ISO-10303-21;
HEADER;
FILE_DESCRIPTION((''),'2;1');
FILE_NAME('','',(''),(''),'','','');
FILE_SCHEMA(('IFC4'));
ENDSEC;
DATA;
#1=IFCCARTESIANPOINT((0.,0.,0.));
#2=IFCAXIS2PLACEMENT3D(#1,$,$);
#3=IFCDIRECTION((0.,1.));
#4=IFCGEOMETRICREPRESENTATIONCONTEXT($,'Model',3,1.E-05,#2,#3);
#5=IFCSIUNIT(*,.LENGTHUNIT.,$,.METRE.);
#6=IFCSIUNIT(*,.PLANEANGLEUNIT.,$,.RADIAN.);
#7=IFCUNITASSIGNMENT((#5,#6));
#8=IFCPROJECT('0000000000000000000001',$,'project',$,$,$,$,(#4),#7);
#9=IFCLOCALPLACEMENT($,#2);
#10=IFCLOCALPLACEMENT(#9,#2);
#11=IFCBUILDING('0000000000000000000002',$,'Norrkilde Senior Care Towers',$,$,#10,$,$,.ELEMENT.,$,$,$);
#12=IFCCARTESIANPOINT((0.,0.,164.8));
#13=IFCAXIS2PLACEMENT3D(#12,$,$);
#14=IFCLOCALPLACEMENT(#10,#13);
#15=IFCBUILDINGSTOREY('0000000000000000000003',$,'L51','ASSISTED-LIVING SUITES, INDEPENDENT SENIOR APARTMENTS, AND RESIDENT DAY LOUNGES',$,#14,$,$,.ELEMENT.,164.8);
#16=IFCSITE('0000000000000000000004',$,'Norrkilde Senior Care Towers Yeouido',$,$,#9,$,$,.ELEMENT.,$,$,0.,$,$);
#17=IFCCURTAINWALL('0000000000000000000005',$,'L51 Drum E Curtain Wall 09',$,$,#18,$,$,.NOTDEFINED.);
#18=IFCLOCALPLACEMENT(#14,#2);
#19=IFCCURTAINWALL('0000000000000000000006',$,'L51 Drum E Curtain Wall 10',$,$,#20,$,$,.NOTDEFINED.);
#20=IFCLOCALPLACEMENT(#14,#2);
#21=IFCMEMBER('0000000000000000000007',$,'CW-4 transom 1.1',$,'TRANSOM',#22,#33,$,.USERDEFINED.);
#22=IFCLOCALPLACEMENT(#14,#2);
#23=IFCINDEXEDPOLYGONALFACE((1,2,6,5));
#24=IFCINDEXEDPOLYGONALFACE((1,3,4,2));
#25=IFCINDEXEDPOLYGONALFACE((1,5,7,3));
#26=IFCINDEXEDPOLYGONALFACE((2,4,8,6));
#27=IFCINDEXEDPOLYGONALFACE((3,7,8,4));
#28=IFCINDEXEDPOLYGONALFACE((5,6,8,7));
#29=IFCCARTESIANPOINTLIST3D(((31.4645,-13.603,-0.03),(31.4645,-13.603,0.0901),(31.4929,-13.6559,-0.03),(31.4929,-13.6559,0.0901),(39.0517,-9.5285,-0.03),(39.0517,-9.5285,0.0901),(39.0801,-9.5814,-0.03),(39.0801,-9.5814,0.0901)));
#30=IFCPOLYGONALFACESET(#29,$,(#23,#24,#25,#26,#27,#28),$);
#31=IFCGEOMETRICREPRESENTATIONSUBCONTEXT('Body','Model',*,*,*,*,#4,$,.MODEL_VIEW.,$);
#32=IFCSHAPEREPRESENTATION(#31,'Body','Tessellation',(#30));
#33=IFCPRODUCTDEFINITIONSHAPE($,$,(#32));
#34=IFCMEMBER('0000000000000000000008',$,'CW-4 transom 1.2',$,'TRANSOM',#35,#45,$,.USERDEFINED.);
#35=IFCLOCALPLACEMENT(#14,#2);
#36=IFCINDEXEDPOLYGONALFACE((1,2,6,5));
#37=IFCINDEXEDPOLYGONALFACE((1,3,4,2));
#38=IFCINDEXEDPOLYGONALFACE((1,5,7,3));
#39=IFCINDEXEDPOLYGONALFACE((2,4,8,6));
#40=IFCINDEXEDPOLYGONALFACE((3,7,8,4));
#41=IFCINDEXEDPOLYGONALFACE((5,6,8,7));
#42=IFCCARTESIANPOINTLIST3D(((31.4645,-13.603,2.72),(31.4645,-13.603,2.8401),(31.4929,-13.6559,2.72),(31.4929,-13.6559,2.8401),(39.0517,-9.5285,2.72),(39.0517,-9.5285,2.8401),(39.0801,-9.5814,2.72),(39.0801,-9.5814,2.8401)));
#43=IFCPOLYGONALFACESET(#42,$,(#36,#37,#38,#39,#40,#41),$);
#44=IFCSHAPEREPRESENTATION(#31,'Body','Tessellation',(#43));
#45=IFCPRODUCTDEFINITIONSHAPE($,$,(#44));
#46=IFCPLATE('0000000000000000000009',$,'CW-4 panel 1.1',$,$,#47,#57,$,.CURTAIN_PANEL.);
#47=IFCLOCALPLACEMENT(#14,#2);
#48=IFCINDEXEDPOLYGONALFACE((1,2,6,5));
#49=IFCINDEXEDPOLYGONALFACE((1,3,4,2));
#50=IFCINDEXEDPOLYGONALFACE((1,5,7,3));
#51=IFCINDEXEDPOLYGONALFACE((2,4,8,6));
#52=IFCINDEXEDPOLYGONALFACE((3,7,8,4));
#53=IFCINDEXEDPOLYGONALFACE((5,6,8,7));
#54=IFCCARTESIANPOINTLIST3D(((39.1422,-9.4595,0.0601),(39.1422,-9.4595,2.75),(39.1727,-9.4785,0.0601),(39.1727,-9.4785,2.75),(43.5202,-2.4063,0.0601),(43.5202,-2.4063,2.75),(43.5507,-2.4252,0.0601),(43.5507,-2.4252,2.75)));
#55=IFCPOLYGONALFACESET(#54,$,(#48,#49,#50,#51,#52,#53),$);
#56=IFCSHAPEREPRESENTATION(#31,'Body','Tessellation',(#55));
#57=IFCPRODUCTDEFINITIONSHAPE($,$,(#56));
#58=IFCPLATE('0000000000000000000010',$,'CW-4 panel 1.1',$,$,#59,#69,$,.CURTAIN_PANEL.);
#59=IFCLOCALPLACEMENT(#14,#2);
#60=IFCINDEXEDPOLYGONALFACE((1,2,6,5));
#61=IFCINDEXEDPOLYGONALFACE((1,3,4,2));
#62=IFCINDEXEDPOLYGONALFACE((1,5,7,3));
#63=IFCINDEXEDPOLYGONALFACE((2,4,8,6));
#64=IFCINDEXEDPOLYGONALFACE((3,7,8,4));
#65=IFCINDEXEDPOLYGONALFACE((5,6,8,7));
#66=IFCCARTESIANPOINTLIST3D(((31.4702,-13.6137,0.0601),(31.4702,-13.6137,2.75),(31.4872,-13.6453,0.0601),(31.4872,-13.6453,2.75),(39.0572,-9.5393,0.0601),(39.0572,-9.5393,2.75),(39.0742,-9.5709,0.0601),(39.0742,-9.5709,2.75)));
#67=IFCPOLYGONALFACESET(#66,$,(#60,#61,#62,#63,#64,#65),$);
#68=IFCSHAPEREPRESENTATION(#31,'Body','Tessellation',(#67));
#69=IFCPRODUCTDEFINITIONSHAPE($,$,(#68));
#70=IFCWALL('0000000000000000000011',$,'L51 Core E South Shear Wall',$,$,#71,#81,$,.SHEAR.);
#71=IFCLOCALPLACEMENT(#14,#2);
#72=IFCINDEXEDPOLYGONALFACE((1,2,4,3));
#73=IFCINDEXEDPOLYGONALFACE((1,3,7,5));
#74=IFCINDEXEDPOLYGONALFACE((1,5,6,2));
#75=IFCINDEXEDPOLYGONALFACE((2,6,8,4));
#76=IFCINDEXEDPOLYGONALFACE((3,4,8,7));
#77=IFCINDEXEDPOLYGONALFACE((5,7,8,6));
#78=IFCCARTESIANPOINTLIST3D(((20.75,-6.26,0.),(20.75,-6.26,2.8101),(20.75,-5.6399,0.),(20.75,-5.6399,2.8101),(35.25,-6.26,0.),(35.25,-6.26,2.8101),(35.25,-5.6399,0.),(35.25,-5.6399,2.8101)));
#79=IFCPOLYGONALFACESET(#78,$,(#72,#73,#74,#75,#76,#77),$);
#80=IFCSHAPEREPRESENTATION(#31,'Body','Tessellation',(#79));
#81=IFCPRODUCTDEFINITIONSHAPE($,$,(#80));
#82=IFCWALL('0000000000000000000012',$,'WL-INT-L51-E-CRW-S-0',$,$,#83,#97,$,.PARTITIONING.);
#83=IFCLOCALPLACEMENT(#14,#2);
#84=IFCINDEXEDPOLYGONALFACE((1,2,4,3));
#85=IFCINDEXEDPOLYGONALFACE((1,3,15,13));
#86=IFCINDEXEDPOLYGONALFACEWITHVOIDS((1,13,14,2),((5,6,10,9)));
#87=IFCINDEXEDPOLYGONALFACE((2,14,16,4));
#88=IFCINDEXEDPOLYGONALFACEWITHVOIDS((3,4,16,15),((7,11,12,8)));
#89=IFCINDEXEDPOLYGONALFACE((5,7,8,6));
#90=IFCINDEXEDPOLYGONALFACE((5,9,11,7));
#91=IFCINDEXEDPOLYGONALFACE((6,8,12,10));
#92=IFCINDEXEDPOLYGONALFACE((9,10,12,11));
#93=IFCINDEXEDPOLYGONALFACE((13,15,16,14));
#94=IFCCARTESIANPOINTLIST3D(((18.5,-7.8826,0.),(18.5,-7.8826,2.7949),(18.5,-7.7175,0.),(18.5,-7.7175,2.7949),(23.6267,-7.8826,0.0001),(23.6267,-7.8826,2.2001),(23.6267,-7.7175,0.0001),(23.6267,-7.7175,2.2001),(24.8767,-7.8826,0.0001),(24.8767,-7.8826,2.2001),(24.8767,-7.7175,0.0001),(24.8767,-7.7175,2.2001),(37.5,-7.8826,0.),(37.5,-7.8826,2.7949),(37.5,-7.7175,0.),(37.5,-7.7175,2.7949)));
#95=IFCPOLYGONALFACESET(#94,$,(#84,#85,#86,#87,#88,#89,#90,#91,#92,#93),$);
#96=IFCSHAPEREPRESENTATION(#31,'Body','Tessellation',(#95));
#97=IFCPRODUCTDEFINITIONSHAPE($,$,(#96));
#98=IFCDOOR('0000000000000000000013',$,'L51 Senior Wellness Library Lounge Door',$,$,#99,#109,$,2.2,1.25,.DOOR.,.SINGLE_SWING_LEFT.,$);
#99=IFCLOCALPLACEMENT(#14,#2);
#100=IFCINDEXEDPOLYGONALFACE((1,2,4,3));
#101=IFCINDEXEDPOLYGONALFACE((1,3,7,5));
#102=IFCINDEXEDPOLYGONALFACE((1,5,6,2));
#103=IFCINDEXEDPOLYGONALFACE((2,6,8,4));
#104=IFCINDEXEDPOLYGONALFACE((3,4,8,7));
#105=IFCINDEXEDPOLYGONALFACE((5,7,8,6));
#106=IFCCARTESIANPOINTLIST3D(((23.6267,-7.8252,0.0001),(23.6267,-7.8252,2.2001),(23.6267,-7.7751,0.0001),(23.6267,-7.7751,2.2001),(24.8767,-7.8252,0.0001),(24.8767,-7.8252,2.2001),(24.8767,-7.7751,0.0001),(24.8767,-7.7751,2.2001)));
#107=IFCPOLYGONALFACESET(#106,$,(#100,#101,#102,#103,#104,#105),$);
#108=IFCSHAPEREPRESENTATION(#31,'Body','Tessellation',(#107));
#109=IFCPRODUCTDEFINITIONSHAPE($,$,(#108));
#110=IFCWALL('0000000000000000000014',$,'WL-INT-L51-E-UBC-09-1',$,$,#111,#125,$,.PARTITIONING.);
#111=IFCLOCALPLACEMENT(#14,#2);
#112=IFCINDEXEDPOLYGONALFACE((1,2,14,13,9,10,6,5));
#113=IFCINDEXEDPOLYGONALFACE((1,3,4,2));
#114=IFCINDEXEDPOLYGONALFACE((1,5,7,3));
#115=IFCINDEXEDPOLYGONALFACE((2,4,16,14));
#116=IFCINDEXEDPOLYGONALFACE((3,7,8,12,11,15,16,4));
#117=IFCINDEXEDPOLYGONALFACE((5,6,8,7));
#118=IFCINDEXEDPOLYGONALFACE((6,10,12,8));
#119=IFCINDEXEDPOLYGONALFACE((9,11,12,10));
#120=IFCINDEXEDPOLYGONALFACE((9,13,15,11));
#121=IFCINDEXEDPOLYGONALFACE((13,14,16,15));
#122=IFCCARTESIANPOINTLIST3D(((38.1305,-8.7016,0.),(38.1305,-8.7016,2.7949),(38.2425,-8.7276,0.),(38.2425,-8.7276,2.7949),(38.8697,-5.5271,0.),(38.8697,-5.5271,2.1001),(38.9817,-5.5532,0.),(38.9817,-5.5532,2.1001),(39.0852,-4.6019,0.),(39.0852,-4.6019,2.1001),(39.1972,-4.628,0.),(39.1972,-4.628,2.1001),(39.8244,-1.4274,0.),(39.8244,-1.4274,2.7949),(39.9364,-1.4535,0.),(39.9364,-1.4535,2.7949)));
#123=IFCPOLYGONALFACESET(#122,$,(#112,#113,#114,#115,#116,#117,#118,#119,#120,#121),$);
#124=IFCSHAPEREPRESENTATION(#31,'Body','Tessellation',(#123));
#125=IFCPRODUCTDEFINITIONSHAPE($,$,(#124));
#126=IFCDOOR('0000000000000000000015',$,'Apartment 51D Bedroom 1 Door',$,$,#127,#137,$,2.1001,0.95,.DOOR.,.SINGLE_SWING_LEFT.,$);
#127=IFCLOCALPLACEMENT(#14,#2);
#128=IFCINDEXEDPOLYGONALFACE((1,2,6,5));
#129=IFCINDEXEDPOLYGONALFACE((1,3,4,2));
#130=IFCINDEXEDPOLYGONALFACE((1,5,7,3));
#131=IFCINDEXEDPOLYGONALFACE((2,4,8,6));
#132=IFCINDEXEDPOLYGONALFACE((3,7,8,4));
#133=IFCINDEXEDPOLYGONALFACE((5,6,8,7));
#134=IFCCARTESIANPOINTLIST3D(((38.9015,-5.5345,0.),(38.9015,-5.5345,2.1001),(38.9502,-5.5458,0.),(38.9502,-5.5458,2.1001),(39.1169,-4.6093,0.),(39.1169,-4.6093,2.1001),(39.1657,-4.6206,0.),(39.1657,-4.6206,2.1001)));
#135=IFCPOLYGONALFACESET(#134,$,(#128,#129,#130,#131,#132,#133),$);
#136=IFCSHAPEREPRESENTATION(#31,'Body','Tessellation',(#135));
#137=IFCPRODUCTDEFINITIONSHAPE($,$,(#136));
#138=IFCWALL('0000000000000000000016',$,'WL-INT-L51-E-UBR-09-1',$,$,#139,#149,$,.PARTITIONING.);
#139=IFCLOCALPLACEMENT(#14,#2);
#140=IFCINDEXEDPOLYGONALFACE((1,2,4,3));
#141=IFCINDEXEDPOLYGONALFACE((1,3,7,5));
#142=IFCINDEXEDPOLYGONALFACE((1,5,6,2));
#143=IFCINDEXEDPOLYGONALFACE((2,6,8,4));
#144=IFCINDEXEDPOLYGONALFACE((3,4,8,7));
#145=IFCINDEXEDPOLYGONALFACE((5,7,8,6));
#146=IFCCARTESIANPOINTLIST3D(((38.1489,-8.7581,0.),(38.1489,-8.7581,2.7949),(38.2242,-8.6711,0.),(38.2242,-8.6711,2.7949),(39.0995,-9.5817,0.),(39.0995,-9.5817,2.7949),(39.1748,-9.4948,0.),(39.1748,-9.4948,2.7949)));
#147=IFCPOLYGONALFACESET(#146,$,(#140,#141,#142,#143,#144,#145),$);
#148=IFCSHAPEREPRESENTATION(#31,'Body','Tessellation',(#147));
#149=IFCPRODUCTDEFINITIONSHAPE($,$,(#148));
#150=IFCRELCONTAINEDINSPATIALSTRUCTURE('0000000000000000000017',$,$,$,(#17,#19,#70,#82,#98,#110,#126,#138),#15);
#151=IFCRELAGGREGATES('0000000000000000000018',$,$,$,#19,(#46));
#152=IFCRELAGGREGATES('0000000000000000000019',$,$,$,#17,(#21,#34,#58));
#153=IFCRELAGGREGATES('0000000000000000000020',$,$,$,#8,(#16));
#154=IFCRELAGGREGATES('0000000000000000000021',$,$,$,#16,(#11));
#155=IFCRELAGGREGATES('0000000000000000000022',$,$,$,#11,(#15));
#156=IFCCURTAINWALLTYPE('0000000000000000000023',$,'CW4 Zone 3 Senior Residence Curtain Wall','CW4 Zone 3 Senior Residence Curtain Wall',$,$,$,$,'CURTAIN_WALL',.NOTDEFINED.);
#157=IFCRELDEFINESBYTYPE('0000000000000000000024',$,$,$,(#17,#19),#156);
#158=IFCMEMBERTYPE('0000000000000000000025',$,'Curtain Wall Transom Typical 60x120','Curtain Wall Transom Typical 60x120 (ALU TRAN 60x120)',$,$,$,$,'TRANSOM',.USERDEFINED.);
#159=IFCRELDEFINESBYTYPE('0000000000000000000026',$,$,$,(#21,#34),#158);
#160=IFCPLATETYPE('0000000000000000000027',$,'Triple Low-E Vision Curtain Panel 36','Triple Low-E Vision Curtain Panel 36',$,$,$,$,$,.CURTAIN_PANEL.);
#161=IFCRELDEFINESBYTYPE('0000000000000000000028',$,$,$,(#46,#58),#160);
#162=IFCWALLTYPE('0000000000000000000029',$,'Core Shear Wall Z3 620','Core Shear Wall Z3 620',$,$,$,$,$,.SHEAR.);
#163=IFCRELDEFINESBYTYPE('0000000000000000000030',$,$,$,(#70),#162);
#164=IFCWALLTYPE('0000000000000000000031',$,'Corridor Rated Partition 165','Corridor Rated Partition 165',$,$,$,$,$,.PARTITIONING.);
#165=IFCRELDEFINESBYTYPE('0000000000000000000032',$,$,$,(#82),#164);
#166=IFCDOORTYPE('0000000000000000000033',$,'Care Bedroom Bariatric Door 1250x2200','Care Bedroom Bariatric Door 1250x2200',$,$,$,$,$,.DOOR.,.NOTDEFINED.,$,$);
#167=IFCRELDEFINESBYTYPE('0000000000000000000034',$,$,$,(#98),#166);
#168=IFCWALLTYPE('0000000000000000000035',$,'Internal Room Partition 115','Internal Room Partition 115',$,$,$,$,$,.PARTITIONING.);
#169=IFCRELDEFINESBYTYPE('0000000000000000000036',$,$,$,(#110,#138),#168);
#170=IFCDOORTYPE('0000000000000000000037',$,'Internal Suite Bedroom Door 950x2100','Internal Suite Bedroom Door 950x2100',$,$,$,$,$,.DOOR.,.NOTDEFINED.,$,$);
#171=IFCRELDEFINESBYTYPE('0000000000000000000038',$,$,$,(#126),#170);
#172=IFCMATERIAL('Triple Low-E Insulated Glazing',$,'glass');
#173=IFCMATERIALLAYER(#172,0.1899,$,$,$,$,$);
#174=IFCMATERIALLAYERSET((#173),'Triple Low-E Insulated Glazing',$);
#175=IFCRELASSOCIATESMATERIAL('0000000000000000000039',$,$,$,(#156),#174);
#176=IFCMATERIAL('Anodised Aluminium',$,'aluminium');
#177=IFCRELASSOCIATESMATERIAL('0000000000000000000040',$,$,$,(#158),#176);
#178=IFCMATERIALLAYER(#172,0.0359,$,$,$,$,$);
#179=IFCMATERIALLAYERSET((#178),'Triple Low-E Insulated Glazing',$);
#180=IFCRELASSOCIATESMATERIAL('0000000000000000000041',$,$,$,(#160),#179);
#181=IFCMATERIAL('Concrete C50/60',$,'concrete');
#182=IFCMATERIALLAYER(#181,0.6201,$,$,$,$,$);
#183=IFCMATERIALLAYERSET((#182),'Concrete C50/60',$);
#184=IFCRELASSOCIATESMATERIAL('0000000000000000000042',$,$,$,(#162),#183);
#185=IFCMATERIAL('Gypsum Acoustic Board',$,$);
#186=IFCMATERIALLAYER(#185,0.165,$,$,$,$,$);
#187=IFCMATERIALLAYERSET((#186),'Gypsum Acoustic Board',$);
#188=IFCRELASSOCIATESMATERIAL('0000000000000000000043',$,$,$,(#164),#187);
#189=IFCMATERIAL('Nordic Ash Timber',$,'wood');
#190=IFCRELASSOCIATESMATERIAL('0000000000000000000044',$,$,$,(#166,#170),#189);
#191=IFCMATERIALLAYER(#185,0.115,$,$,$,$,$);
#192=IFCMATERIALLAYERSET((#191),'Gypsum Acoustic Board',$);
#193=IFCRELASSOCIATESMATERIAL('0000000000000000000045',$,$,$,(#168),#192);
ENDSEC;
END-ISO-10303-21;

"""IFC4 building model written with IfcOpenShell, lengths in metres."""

from ifc_helpers import new_model, si_unit, direction, frame, frame_2d, origin, origin_2d, place, context, subcontext, project, spatial, rectangle, extrude, source, transform, mapped, material, layer, layer_set, material_profile, profile_set, type_object, type_shapes, element, fill, aggregate, save


model = new_model("IFC4")

# Units and contexts
model_context = context("Model", 3, precision=1e-05, world=origin(), true_north=direction((0.0, 1.0)))
body_context = subcontext(model_context, "Body", "Model", "MODEL_VIEW")
ifc_project = project(units=[si_unit("LENGTHUNIT", "METRE"), si_unit("PLANEANGLEUNIT", "RADIAN")], contexts=[model_context])

# Site, building, storey
site_placement = place(None, origin())
site = spatial("IfcSite", under=ifc_project, at=site_placement, Name="Norrkilde Senior Care Towers Yeouido", CompositionType="ELEMENT", RefElevation=0.0)
building_placement = place(site_placement, origin())
building = spatial("IfcBuilding", under=site, at=building_placement, Name="Norrkilde Senior Care Towers", CompositionType="ELEMENT")
storey_placement = place(building_placement, frame((0.0, 0.0, 164.8)))
storey = spatial("IfcBuildingStorey", under=building, at=storey_placement, Name="L51", Description="ASSISTED-LIVING SUITES, INDEPENDENT SENIOR APARTMENTS, AND RESIDENT DAY LOUNGES", CompositionType="ELEMENT", Elevation=164.8)

# Shared definitions
ifc_material_1 = material(Name="Concrete C50/60", Category="concrete")

# Curtain wall
ifc_material_2 = material(Name="Triple Low-E Insulated Glazing", Category="glass")
ifc_layer_1 = layer(ifc_material_2, 0.1899)
ifc_layer_set_1 = layer_set([ifc_layer_1], Name="Triple Low-E Insulated Glazing")
curtain_wall_type = type_object("IfcCurtainWallType", Name="CW4 Zone 3 Senior Residence Curtain Wall", Description="CW4 Zone 3 Senior Residence Curtain Wall", ElementType="CURTAIN_WALL", PredefinedType="NOTDEFINED", material=ifc_layer_set_1)
curtain_wall_1_placement = place(storey_placement, origin())
curtain_wall_1 = element("IfcCurtainWall", 1, at=curtain_wall_1_placement, inside=storey, type_object=curtain_wall_type, Name="L51 Drum E Curtain Wall 09", PredefinedType="NOTDEFINED")
ifc_material_3 = material(Name="Anodised Aluminium", Category="aluminium")

# Curtain wall
curtain_wall_2_placement = place(storey_placement, origin())
curtain_wall_2 = element("IfcCurtainWall", 2, at=curtain_wall_2_placement, inside=storey, type_object=curtain_wall_type, Name="L51 Drum E Curtain Wall 10", PredefinedType="NOTDEFINED")

# Members
ifc_material_profile_1 = material_profile(ifc_material_3, rectangle(XDim=0.0601, YDim=0.1201, at=origin_2d()), Name="ALU TRAN 60x120")
ifc_profile_set_1 = profile_set([ifc_material_profile_1], Name="Anodised Aluminium")
member_type_1 = type_object("IfcMemberType", Name="Curtain Wall Transom Typical 60x120", Description="Curtain Wall Transom Typical 60x120 (ALU TRAN 60x120)", ElementType="TRANSOM", PredefinedType="USERDEFINED", material=ifc_profile_set_1)
shared_shape_1 = source(origin(), body_context, "Body", "SweptSolid", [
    extrude(rectangle(XDim=0.0601, YDim=0.1201, at=origin_2d()), origin(), (0.0, 0.0, 1.0), 8.6121),
])
member_1_placement = place(storey_placement, frame((39.0659, -9.5549, 0.03), z_axis=(-0.881, -0.473116, 0.0), x_axis=(0.473116, -0.881, 0.0)))
member_1 = element("IfcMember", 3, at=member_1_placement, type_object=member_type_1, Name="CW-4 transom 1.1", ObjectType="TRANSOM", PredefinedType="USERDEFINED", context=body_context, shape_type="MappedRepresentation", body=[
    mapped(shared_shape_1, transform((0.0, 0.0, 0.0), x_axis=(1.0, 0.0, 0.0), y_axis=(0.0, 1.0, 0.0), z_axis=(0.0, 0.0, 1.0), scale=1.0)),
])
member_2_placement = place(storey_placement, frame((39.0659, -9.5549, 2.78), z_axis=(-0.881, -0.473116, 0.0), x_axis=(0.473116, -0.881, 0.0)))
member_2 = element("IfcMember", 4, at=member_2_placement, type_object=member_type_1, Name="CW-4 transom 1.2", ObjectType="TRANSOM", PredefinedType="USERDEFINED", context=body_context, shape_type="MappedRepresentation", body=[
    mapped(shared_shape_1, transform((0.0, 0.0, 0.0), x_axis=(1.0, 0.0, 0.0), y_axis=(0.0, 1.0, 0.0), z_axis=(0.0, 0.0, 1.0), scale=1.0)),
])

# Plates
ifc_layer_2 = layer(ifc_material_2, 0.0359)
ifc_layer_set_2 = layer_set([ifc_layer_2], Name="Triple Low-E Insulated Glazing")
plate_type = type_object("IfcPlateType", Name="Triple Low-E Vision Curtain Panel 36", Description="Triple Low-E Vision Curtain Panel 36", PredefinedType="CURTAIN_PANEL", material=ifc_layer_set_2)
shared_shape_2 = source(origin(), body_context, "Body", "SweptSolid", [
    extrude(rectangle(XDim=8.3015, YDim=0.0359, at=origin_2d()), origin(), (0.0, 0.0, 1.0), 2.6899),
])
plate_1_placement = place(storey_placement, frame((41.3464, -5.9424, 0.0601), z_axis=(0.0, 0.0, 1.0), x_axis=(-0.527373, -0.849634, 0.0)))
plate_1 = element("IfcPlate", 5, at=plate_1_placement, type_object=plate_type, Name="CW-4 panel 1.1", PredefinedType="CURTAIN_PANEL", context=body_context, shape_type="MappedRepresentation", body=[
    mapped(shared_shape_2, transform((0.0, 0.0, 0.0), x_axis=(1.0, 0.0, 0.0), y_axis=(0.0, 1.0, 0.0), z_axis=(0.0, 0.0, 1.0), scale=1.0)),
])
aggregate(curtain_wall_2, [plate_1])
shared_shape_3 = source(origin(), body_context, "Body", "SweptSolid", [
    extrude(rectangle(XDim=8.6118, YDim=0.0359, at=origin_2d()), origin(), (0.0, 0.0, 1.0), 2.6899),
])
type_shapes(plate_type, [shared_shape_2, shared_shape_3])
plate_2_placement = place(storey_placement, frame((35.2722, -11.5923, 0.0601), z_axis=(0.0, 0.0, 1.0), x_axis=(-0.881, -0.473117, 0.0)))
plate_2 = element("IfcPlate", 6, at=plate_2_placement, type_object=plate_type, Name="CW-4 panel 1.1", PredefinedType="CURTAIN_PANEL", context=body_context, shape_type="MappedRepresentation", body=[
    mapped(shared_shape_3, transform((0.0, 0.0, 0.0), x_axis=(1.0, 0.0, 0.0), y_axis=(0.0, 1.0, 0.0), z_axis=(0.0, 0.0, 1.0), scale=1.0)),
])
aggregate(curtain_wall_1, [member_1, member_2, plate_2])

# Wall
ifc_layer_3 = layer(ifc_material_1, 0.6201)
ifc_layer_set_3 = layer_set([ifc_layer_3], Name="Concrete C50/60")
wall_type_1 = type_object("IfcWallType", Name="Core Shear Wall Z3 620", Description="Core Shear Wall Z3 620", PredefinedType="SHEAR", material=ifc_layer_set_3)
shared_shape_4 = source(origin(), body_context, "Body", "SweptSolid", [
    extrude(rectangle(XDim=14.5, YDim=0.6201, at=frame_2d((7.25, 0.0))), origin(), (0.0, 0.0, 1.0), 2.8101),
])
type_shapes(wall_type_1, [shared_shape_4])
wall_1_placement = place(storey_placement, frame((35.25, -5.95, 0.0), z_axis=(0.0, 0.0, 1.0), x_axis=(-1.0, 0.0, 0.0)))
element("IfcWall", 7, at=wall_1_placement, inside=storey, type_object=wall_type_1, Name="L51 Core E South Shear Wall", PredefinedType="SHEAR", context=body_context, shape_type="MappedRepresentation", body=[
    mapped(shared_shape_4, transform((0.0, 0.0, 0.0), x_axis=(1.0, 0.0, 0.0), y_axis=(0.0, 1.0, 0.0), z_axis=(0.0, 0.0, 1.0), scale=1.0)),
])

# Walls, openings, doors
ifc_material_4 = material(Name="Gypsum Acoustic Board")
ifc_layer_4 = layer(ifc_material_4, 0.165)
ifc_layer_set_4 = layer_set([ifc_layer_4], Name="Gypsum Acoustic Board")
wall_type_2 = type_object("IfcWallType", Name="Corridor Rated Partition 165", Description="Corridor Rated Partition 165", PredefinedType="PARTITIONING", material=ifc_layer_set_4)
shared_shape_5 = source(origin(), body_context, "Body", "SweptSolid", [
    extrude(rectangle(XDim=19.0, YDim=0.165, at=frame_2d((9.5, 0.0))), origin(), (0.0, 0.0, 1.0), 2.7949),
])
type_shapes(wall_type_2, [shared_shape_5])
wall_2_placement = place(storey_placement, frame((37.5, -7.8, 0.0), z_axis=(0.0, 0.0, 1.0), x_axis=(-1.0, 0.0, 0.0)))
wall_2 = element("IfcWall", 8, at=wall_2_placement, inside=storey, type_object=wall_type_2, Name="WL-INT-L51-E-CRW-S-0", PredefinedType="PARTITIONING", context=body_context, shape_type="MappedRepresentation", body=[
    mapped(shared_shape_5, transform((0.0, 0.0, 0.0), x_axis=(1.0, 0.0, 0.0), y_axis=(0.0, 1.0, 0.0), z_axis=(0.0, 0.0, 1.0), scale=1.0)),
])
opening_1_placement = place(wall_2_placement, frame((12.6233, 0.0, 0.0)))
opening_1 = element("IfcOpeningElement", 9, at=opening_1_placement, cuts=wall_2, PredefinedType="OPENING", context=body_context, shape_type="SweptSolid", body=[
    extrude(rectangle(XDim=1.25, YDim=2.2, at=frame_2d((0.625, 1.1001))), frame((0.0, 0.0925, 0.0), z_axis=(0.0, -1.0, 0.0), x_axis=(1.0, 0.0, 0.0)), (0.0, 0.0, 1.0), 0.1851),
])
ifc_material_5 = material(Name="Nordic Ash Timber", Category="wood")
door_type_1 = type_object("IfcDoorType", Name="Care Bedroom Bariatric Door 1250x2200", Description="Care Bedroom Bariatric Door 1250x2200", OperationType="NOTDEFINED", PredefinedType="DOOR", material=ifc_material_5)
shared_shape_6 = source(origin(), body_context, "Body", "SweptSolid", [
    extrude(rectangle(XDim=1.25, YDim=2.2, at=frame_2d((0.625, 1.1001))), frame((0.0, 0.0249, 0.0), z_axis=(0.0, -1.0, 0.0), x_axis=(1.0, 0.0, 0.0)), (0.0, 0.0, 1.0), 0.05),
])
type_shapes(door_type_1, [shared_shape_6])
door_1_placement = place(opening_1_placement, frame((1.25, 0.0, 0.0), z_axis=(0.0, 0.0, 1.0), x_axis=(-1.0, 0.0, 0.0)))
door_1 = element("IfcDoor", 10, at=door_1_placement, inside=storey, type_object=door_type_1, Name="L51 Senior Wellness Library Lounge Door", OperationType="SINGLE_SWING_LEFT", OverallHeight=2.2, OverallWidth=1.25, PredefinedType="DOOR", context=body_context, shape_type="MappedRepresentation", body=[
    mapped(shared_shape_6, transform((0.0, 0.0, 0.0), x_axis=(1.0, 0.0, 0.0), y_axis=(0.0, 1.0, 0.0), z_axis=(0.0, 0.0, 1.0), scale=1.0)),
])
fill(opening_1, door_1)
ifc_layer_5 = layer(ifc_material_4, 0.115)
ifc_layer_set_5 = layer_set([ifc_layer_5], Name="Gypsum Acoustic Board")
wall_type_3 = type_object("IfcWallType", Name="Internal Room Partition 115", Description="Internal Room Partition 115", PredefinedType="PARTITIONING", material=ifc_layer_set_5)
shared_shape_7 = source(origin(), body_context, "Body", "SweptSolid", [
    extrude(rectangle(XDim=7.4688, YDim=0.115, at=frame_2d((3.7344, 0.0))), origin(), (0.0, 0.0, 1.0), 2.7949),
])
wall_3_placement = place(storey_placement, frame((38.1865, -8.7146, 0.0), z_axis=(0.0, 0.0, 1.0), x_axis=(0.22679, 0.973944, 0.0)))
wall_3 = element("IfcWall", 11, at=wall_3_placement, inside=storey, type_object=wall_type_3, Name="WL-INT-L51-E-UBC-09-1", PredefinedType="PARTITIONING", context=body_context, shape_type="MappedRepresentation", body=[
    mapped(shared_shape_7, transform((0.0, 0.0, 0.0), x_axis=(1.0, 0.0, 0.0), y_axis=(0.0, 1.0, 0.0), z_axis=(0.0, 0.0, 1.0), scale=1.0)),
])
opening_2_placement = place(wall_3_placement, frame((3.2593, 0.0, 0.0)))
opening_2 = element("IfcOpeningElement", 12, at=opening_2_placement, cuts=wall_3, PredefinedType="OPENING", context=body_context, shape_type="SweptSolid", body=[
    extrude(rectangle(XDim=0.95, YDim=2.1001, at=frame_2d((0.4751, 1.05))), frame((0.0, 0.0674, 0.0), z_axis=(0.0, -1.0, 0.0), x_axis=(1.0, 0.0, 0.0)), (0.0, 0.0, 1.0), 0.135),
])
door_type_2 = type_object("IfcDoorType", Name="Internal Suite Bedroom Door 950x2100", Description="Internal Suite Bedroom Door 950x2100", OperationType="NOTDEFINED", PredefinedType="DOOR", material=ifc_material_5)
shared_shape_8 = source(origin(), body_context, "Body", "SweptSolid", [
    extrude(rectangle(XDim=0.95, YDim=2.1001, at=frame_2d((0.4751, 1.05))), frame((0.0, 0.0249, 0.0), z_axis=(0.0, -1.0, 0.0), x_axis=(1.0, 0.0, 0.0)), (0.0, 0.0, 1.0), 0.05),
])
type_shapes(door_type_2, [shared_shape_8])
door_2_placement = place(opening_2_placement, origin())
door_2 = element("IfcDoor", 13, at=door_2_placement, inside=storey, type_object=door_type_2, Name="Apartment 51D Bedroom 1 Door", OperationType="SINGLE_SWING_LEFT", OverallHeight=2.1001, OverallWidth=0.95, PredefinedType="DOOR", context=body_context, shape_type="MappedRepresentation", body=[
    mapped(shared_shape_8, transform((0.0, 0.0, 0.0), x_axis=(1.0, 0.0, 0.0), y_axis=(0.0, 1.0, 0.0), z_axis=(0.0, 0.0, 1.0), scale=1.0)),
])
fill(opening_2, door_2)

# Wall
shared_shape_9 = source(origin(), body_context, "Body", "SweptSolid", [
    extrude(rectangle(XDim=1.2578, YDim=0.115, at=frame_2d((0.6289, 0.0))), origin(), (0.0, 0.0, 1.0), 2.7949),
])
type_shapes(wall_type_3, [shared_shape_7, shared_shape_9])
wall_4_placement = place(storey_placement, frame((38.1865, -8.7146, 0.0), z_axis=(0.0, 0.0, 1.0), x_axis=(0.755766, -0.654842, 0.0)))
element("IfcWall", 14, at=wall_4_placement, inside=storey, type_object=wall_type_3, Name="WL-INT-L51-E-UBR-09-1", PredefinedType="PARTITIONING", context=body_context, shape_type="MappedRepresentation", body=[
    mapped(shared_shape_9, transform((0.0, 0.0, 0.0), x_axis=(1.0, 0.0, 0.0), y_axis=(0.0, 1.0, 0.0), z_axis=(0.0, 0.0, 1.0), scale=1.0)),
])

save(model, "model.ifc")
